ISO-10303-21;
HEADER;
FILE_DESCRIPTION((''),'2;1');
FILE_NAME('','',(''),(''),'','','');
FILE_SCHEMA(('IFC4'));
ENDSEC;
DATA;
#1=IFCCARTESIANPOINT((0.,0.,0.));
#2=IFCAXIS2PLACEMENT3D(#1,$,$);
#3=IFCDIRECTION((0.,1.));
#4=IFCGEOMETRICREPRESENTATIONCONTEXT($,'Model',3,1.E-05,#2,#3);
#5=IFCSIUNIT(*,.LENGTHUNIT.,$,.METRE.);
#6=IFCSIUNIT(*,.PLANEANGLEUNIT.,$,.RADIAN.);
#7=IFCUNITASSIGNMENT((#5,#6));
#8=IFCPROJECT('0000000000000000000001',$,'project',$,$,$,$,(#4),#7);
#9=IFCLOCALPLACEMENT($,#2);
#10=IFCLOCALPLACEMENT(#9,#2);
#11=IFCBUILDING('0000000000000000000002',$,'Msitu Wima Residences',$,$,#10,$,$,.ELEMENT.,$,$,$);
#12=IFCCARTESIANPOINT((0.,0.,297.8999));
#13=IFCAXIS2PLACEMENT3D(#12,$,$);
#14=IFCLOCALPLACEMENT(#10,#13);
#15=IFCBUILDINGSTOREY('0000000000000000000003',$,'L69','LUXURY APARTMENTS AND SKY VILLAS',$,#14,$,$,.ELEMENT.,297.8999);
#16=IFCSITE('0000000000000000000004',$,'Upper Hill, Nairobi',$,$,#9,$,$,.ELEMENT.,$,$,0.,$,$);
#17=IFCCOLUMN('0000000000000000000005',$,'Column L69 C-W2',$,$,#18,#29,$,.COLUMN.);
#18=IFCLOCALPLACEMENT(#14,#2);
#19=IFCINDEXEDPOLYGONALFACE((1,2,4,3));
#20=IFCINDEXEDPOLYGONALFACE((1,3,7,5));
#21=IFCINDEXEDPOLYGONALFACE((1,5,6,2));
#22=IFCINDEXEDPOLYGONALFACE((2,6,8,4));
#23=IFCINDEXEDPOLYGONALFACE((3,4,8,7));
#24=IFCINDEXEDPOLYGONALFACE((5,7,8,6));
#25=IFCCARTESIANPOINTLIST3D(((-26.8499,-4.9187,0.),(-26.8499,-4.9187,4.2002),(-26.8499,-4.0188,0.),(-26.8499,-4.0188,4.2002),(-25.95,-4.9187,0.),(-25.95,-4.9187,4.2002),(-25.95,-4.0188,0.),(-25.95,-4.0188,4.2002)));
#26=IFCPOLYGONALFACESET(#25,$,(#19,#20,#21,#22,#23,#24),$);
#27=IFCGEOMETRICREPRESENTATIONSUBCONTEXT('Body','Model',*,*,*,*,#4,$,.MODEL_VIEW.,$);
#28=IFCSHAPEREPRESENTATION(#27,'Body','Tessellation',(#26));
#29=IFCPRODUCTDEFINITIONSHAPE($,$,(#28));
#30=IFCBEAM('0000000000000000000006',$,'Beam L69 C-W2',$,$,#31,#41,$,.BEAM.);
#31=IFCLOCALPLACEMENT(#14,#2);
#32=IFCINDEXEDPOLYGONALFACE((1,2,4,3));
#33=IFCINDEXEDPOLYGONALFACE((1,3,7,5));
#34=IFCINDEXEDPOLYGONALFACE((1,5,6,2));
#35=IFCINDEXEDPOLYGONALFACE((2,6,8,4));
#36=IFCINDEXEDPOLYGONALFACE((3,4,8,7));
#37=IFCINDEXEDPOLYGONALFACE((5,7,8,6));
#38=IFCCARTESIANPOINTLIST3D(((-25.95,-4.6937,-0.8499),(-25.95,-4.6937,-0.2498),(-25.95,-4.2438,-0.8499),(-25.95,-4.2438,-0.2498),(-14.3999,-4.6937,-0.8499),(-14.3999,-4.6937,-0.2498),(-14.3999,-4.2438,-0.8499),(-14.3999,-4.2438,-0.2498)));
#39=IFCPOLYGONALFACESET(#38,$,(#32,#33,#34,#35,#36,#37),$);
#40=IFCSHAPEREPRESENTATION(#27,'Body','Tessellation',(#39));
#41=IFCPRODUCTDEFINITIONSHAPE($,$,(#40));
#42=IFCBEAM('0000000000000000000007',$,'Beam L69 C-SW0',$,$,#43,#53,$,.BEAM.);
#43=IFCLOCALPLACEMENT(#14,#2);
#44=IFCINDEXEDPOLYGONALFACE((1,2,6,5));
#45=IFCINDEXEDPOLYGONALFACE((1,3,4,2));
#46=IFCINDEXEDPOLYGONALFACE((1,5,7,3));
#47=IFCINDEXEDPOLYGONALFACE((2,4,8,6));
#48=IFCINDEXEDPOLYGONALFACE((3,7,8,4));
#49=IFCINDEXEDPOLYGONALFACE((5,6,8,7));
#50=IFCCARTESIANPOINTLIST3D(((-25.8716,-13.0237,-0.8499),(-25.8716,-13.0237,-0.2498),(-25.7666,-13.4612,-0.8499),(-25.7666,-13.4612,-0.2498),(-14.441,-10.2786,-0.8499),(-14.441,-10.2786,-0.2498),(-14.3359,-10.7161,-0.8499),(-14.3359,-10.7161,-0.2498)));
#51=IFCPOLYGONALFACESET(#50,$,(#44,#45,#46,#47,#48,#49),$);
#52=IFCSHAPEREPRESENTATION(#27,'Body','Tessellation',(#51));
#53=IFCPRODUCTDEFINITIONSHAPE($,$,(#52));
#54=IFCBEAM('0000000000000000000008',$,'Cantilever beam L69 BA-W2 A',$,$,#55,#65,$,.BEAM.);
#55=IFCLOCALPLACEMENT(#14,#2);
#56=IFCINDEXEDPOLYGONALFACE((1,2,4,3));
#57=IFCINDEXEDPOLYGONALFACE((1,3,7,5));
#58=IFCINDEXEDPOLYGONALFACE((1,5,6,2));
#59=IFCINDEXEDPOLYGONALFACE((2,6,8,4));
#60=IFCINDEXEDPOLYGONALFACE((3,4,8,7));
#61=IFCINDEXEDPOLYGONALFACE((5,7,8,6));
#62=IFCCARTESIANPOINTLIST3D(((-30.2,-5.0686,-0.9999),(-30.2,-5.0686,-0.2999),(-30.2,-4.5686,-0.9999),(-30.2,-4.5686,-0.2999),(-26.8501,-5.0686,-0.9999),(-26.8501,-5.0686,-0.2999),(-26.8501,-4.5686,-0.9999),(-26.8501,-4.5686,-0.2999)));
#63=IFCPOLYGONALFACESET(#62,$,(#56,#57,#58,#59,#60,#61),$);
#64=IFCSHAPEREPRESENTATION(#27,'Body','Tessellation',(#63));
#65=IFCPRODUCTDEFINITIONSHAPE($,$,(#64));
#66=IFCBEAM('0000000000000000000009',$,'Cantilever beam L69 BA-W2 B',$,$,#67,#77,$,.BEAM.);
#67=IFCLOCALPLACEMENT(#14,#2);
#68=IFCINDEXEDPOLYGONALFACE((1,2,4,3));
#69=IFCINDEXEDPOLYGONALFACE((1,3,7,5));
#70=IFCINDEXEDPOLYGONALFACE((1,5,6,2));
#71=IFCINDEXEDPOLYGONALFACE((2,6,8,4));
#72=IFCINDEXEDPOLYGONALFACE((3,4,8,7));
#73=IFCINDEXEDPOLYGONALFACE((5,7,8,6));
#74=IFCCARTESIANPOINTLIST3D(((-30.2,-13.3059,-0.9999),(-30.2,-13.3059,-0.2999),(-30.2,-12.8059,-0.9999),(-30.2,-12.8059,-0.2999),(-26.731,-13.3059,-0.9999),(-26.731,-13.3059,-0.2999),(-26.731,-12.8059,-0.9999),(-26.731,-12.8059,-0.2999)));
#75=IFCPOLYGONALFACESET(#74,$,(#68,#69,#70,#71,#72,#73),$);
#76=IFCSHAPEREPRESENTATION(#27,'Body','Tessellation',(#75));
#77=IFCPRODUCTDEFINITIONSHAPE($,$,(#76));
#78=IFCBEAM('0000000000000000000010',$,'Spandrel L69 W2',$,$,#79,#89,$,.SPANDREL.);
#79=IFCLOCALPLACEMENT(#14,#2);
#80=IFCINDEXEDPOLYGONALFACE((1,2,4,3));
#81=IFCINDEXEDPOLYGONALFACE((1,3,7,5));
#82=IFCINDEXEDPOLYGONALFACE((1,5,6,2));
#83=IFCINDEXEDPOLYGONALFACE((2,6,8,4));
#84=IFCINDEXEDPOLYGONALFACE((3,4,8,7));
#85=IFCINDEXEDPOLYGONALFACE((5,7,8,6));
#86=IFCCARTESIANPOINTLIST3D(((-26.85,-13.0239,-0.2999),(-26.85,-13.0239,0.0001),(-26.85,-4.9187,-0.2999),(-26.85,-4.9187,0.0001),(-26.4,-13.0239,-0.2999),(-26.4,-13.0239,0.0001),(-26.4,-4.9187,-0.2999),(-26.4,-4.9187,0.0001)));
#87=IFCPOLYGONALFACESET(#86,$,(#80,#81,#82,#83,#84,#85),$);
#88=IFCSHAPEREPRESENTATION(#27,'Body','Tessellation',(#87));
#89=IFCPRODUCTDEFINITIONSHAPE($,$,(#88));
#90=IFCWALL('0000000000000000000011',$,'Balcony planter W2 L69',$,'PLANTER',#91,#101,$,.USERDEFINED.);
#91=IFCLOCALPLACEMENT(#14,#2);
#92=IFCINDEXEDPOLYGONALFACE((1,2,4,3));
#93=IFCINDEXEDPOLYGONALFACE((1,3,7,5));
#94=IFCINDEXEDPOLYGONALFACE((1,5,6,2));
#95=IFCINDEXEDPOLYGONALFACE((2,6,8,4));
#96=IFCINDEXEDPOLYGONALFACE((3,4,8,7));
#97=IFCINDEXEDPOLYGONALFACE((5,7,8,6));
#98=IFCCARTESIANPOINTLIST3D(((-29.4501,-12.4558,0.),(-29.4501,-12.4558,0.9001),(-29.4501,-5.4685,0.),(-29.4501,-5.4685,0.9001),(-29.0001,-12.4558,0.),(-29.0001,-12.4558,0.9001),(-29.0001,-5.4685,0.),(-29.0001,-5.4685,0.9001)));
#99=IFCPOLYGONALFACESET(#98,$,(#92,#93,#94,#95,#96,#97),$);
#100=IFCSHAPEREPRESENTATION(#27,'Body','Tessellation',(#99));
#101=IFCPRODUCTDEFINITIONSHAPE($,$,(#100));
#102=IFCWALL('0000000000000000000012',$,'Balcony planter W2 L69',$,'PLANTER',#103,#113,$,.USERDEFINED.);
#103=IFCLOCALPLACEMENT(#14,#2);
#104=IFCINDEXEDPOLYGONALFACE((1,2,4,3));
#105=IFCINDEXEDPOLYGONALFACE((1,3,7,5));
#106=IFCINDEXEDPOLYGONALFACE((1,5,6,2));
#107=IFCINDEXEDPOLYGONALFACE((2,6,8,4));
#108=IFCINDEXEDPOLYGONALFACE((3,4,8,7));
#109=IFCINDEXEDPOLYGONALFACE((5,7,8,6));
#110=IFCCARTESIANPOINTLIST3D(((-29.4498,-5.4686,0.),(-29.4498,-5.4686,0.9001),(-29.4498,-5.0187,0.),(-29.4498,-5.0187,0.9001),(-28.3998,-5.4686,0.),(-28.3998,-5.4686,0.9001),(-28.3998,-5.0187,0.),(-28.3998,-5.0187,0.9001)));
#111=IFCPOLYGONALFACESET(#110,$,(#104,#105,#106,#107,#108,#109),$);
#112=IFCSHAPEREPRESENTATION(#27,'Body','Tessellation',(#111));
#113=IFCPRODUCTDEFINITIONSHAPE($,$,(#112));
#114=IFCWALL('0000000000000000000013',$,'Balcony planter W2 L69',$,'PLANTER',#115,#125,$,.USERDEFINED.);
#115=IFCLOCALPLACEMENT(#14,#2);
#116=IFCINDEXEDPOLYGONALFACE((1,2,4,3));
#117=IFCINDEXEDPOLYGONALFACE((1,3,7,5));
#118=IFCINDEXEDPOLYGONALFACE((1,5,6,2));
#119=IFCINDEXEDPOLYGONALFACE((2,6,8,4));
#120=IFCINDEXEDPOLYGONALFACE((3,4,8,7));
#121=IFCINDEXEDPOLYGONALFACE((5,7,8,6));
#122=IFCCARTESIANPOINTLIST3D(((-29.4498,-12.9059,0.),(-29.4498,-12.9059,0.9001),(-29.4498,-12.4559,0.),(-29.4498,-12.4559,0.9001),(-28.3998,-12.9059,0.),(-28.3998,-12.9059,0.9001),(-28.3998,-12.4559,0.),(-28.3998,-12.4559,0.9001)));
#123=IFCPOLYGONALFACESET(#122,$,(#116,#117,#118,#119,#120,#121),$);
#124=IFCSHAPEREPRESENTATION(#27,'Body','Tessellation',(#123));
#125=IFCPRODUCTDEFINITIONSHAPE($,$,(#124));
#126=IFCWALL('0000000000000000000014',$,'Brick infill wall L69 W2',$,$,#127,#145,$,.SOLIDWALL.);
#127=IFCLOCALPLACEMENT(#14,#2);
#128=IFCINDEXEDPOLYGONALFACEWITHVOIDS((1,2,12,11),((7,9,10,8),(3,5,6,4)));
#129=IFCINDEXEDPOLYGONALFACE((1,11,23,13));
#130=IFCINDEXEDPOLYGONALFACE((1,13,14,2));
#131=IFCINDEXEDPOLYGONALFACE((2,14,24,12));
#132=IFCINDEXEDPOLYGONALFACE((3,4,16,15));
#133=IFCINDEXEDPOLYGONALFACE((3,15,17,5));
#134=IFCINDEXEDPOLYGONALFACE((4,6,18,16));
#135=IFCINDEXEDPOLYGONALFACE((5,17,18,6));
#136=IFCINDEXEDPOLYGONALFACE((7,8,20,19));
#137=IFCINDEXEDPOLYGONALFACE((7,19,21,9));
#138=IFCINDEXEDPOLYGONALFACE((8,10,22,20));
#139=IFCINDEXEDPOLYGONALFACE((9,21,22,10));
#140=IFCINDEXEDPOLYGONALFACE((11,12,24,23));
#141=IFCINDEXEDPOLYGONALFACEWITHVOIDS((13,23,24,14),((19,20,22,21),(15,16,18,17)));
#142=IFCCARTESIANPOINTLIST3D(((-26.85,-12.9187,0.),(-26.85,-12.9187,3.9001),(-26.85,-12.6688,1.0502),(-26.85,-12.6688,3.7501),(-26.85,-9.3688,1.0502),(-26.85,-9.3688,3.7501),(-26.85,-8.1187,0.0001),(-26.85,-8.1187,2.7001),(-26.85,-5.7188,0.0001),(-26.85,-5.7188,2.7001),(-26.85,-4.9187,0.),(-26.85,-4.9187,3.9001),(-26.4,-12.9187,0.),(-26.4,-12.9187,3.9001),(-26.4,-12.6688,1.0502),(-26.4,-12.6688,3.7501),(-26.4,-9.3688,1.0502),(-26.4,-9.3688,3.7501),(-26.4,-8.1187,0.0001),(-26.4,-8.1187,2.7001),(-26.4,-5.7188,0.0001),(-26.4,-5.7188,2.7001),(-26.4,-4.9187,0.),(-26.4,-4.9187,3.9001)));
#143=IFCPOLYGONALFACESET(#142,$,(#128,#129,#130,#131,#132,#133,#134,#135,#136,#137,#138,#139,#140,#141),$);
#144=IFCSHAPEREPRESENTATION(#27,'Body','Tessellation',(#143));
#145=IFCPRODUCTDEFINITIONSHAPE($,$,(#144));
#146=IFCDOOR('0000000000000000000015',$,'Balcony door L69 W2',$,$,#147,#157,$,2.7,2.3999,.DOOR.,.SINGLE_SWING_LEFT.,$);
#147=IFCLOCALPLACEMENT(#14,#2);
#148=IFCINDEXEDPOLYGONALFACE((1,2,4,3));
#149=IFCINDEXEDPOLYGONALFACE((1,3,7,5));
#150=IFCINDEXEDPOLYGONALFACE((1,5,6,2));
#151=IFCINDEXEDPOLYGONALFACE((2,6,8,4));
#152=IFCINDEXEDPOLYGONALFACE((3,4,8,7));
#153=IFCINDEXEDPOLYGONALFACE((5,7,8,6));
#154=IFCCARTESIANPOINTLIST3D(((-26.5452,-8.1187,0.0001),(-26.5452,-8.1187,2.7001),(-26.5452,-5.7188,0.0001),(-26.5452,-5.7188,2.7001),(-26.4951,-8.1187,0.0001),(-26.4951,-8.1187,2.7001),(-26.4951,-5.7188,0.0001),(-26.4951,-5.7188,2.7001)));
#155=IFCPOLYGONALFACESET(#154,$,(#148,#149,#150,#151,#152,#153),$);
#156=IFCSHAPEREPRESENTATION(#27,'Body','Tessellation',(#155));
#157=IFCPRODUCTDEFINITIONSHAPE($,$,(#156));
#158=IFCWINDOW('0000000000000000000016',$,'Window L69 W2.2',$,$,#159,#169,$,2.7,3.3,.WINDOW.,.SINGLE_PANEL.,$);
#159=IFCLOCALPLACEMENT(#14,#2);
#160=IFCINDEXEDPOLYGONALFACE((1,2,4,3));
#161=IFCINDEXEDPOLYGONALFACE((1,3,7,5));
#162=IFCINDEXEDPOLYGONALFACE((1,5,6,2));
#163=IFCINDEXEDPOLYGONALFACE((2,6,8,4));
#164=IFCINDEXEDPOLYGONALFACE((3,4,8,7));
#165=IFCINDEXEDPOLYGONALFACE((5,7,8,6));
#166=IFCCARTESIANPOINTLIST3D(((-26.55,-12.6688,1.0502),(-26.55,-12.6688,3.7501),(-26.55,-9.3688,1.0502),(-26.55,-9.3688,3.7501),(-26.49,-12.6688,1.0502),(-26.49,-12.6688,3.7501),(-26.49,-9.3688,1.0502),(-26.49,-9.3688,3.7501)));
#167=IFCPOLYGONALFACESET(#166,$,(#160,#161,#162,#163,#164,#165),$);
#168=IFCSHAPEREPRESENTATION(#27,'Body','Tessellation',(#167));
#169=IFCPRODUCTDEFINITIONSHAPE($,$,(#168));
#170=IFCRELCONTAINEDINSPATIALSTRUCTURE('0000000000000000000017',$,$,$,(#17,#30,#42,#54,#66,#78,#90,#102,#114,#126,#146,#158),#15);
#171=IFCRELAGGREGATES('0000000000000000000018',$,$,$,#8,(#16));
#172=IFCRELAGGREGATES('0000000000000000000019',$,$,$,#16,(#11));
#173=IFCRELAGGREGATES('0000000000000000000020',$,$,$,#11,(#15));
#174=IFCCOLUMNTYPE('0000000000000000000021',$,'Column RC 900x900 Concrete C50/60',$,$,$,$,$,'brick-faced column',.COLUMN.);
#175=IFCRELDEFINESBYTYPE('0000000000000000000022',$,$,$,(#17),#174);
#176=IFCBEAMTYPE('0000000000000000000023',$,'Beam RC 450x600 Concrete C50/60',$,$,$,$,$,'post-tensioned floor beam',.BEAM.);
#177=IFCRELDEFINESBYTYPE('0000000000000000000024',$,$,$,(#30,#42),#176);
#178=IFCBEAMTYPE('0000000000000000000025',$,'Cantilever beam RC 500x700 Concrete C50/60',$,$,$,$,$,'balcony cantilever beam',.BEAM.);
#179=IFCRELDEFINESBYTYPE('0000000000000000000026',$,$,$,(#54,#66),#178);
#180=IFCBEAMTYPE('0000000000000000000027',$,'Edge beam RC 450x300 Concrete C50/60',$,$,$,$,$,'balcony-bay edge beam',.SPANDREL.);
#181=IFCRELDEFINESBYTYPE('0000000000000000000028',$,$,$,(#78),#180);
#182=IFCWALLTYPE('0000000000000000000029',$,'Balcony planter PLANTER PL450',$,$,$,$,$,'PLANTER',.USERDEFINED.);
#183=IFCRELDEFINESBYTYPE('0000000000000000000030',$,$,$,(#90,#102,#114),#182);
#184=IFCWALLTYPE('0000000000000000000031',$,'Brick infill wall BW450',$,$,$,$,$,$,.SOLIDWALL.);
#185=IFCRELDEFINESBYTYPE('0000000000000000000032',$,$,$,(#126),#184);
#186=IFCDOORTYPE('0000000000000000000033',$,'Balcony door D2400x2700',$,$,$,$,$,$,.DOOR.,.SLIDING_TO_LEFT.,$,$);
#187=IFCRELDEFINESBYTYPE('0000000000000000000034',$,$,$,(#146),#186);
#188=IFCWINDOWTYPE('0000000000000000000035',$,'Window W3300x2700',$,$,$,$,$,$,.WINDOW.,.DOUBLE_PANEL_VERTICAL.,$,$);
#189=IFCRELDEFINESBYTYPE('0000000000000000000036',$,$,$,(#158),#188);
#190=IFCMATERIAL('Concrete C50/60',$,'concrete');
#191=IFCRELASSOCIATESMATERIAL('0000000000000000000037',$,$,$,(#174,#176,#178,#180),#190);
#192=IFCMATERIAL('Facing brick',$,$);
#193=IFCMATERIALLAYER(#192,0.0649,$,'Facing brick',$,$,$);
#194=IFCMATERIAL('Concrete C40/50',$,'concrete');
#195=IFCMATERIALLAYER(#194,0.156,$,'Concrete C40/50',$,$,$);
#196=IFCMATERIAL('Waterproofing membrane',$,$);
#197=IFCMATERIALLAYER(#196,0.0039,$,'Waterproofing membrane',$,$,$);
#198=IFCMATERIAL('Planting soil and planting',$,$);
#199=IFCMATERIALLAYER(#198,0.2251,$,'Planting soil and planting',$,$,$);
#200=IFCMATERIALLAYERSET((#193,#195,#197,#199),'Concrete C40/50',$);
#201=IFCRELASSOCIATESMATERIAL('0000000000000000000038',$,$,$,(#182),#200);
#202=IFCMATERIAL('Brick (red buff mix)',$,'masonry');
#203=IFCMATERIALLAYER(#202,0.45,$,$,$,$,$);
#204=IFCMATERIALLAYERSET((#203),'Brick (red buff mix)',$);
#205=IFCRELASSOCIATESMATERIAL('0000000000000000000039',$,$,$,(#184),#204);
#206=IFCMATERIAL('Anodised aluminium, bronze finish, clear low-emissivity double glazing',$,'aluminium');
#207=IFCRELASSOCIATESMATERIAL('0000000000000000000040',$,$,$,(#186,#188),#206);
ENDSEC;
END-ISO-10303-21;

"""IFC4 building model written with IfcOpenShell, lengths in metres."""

from ifc_helpers import new_model, si_unit, direction, frame, frame_2d, origin, origin_2d, place, context, subcontext, project, spatial, rectangle, extrude, material, layer, layer_set, material_profile, profile_set, type_object, element, fill, save


model = new_model("IFC4")

# Units and contexts
model_context = context("Model", 3, precision=1e-05, world=origin(), true_north=direction((0.0, 1.0)))
body_context = subcontext(model_context, "Body", "Model", "MODEL_VIEW")
ifc_project = project(units=[si_unit("LENGTHUNIT", "METRE"), si_unit("PLANEANGLEUNIT", "RADIAN")], contexts=[model_context])

# Site, building, storey
site_placement = place(None, origin())
site = spatial("IfcSite", under=ifc_project, at=site_placement, Name="Upper Hill, Nairobi", CompositionType="ELEMENT", RefElevation=0.0)
building_placement = place(site_placement, origin())
building = spatial("IfcBuilding", under=site, at=building_placement, Name="Msitu Wima Residences", CompositionType="ELEMENT")
storey_placement = place(building_placement, frame((0.0, 0.0, 297.8999)))
storey = spatial("IfcBuildingStorey", under=building, at=storey_placement, Name="L69", Description="LUXURY APARTMENTS AND SKY VILLAS", CompositionType="ELEMENT", Elevation=297.8999)

# Column
ifc_material_1 = material(Name="Concrete C50/60", Category="concrete")
ifc_material_profile_1 = material_profile(ifc_material_1, rectangle(XDim=0.8999, YDim=0.8999, at=origin_2d()), Name="RC 900x900")
ifc_profile_set_1 = profile_set([ifc_material_profile_1], Name="Concrete C50/60")
column_type = type_object("IfcColumnType", Name="Column RC 900x900 Concrete C50/60", ElementType="brick-faced column", PredefinedType="COLUMN", material=ifc_profile_set_1)
column_placement = place(storey_placement, frame((-26.3999, -4.4688, 0.0), z_axis=(0.0, 0.0, 1.0), x_axis=(0.0, -1.0, 0.0)))
element("IfcColumn", 1, at=column_placement, inside=storey, type_object=column_type, Name="Column L69 C-W2", PredefinedType="COLUMN", context=body_context, shape_type="SweptSolid", body=[
    extrude(rectangle(XDim=0.8999, YDim=0.8999, at=origin_2d()), origin(), (0.0, 0.0, 1.0), 4.2002),
])

# Beams
ifc_material_profile_2 = material_profile(ifc_material_1, rectangle(XDim=0.45, YDim=0.6001, at=origin_2d()), Name="RC 450x600")
ifc_profile_set_2 = profile_set([ifc_material_profile_2], Name="Concrete C50/60")
beam_type_1 = type_object("IfcBeamType", Name="Beam RC 450x600 Concrete C50/60", ElementType="post-tensioned floor beam", PredefinedType="BEAM", material=ifc_profile_set_2)
beam_1_placement = place(storey_placement, frame((-25.95, -4.4688, -0.5498), z_axis=(1.0, 0.0, 0.0), x_axis=(0.0, 1.0, 0.0)))
element("IfcBeam", 2, at=beam_1_placement, inside=storey, type_object=beam_type_1, Name="Beam L69 C-W2", PredefinedType="BEAM", context=body_context, shape_type="SweptSolid", body=[
    extrude(rectangle(XDim=0.45, YDim=0.6001, at=origin_2d()), origin(), (0.0, 0.0, 1.0), 11.55),
])
beam_2_placement = place(storey_placement, frame((-25.8191, -13.2424, -0.5498), z_axis=(0.972353, 0.233514, 0.0), x_axis=(-0.233514, 0.972353, 0.0)))
element("IfcBeam", 3, at=beam_2_placement, inside=storey, type_object=beam_type_1, Name="Beam L69 C-SW0", PredefinedType="BEAM", context=body_context, shape_type="SweptSolid", body=[
    extrude(rectangle(XDim=0.45, YDim=0.6001, at=origin_2d()), origin(), (0.0, 0.0, 1.0), 11.7556),
])
ifc_material_profile_3 = material_profile(ifc_material_1, rectangle(XDim=0.5, YDim=0.7, at=origin_2d()), Name="RC 500x700")
ifc_profile_set_3 = profile_set([ifc_material_profile_3], Name="Concrete C50/60")
beam_type_2 = type_object("IfcBeamType", Name="Cantilever beam RC 500x700 Concrete C50/60", ElementType="balcony cantilever beam", PredefinedType="BEAM", material=ifc_profile_set_3)
beam_3_placement = place(storey_placement, frame((-26.8501, -4.8186, -0.6499), z_axis=(-1.0, 0.0, 0.0), x_axis=(0.0, -1.0, 0.0)))
element("IfcBeam", 4, at=beam_3_placement, inside=storey, type_object=beam_type_2, Name="Cantilever beam L69 BA-W2 A", PredefinedType="BEAM", context=body_context, shape_type="SweptSolid", body=[
    extrude(rectangle(XDim=0.5, YDim=0.7, at=origin_2d()), origin(), (0.0, 0.0, 1.0), 3.3499),
])
beam_4_placement = place(storey_placement, frame((-26.731, -13.0559, -0.6499), z_axis=(-1.0, 0.0, 0.0), x_axis=(0.0, -1.0, 0.0)))
element("IfcBeam", 5, at=beam_4_placement, inside=storey, type_object=beam_type_2, Name="Cantilever beam L69 BA-W2 B", PredefinedType="BEAM", context=body_context, shape_type="SweptSolid", body=[
    extrude(rectangle(XDim=0.5, YDim=0.7, at=origin_2d()), origin(), (0.0, 0.0, 1.0), 3.469),
])
ifc_material_profile_4 = material_profile(ifc_material_1, rectangle(XDim=0.45, YDim=0.3, at=origin_2d()), Name="RC 450x300")
ifc_profile_set_4 = profile_set([ifc_material_profile_4], Name="Concrete C50/60")
beam_type_3 = type_object("IfcBeamType", Name="Edge beam RC 450x300 Concrete C50/60", ElementType="balcony-bay edge beam", PredefinedType="SPANDREL", material=ifc_profile_set_4)
beam_5_placement = place(storey_placement, frame((-26.625, -4.9187, -0.1499), z_axis=(0.0, -1.0, 0.0), x_axis=(1.0, 0.0, 0.0)))
element("IfcBeam", 6, at=beam_5_placement, inside=storey, type_object=beam_type_3, Name="Spandrel L69 W2", PredefinedType="SPANDREL", context=body_context, shape_type="SweptSolid", body=[
    extrude(rectangle(XDim=0.45, YDim=0.3, at=origin_2d()), origin(), (0.0, 0.0, 1.0), 8.1052),
])

# Walls
ifc_material_2 = material(Name="Facing brick")
ifc_layer_1 = layer(ifc_material_2, 0.0649, Name="Facing brick")
ifc_material_3 = material(Name="Concrete C40/50", Category="concrete")
ifc_layer_2 = layer(ifc_material_3, 0.156, Name="Concrete C40/50")
ifc_material_4 = material(Name="Waterproofing membrane")
ifc_layer_3 = layer(ifc_material_4, 0.0039, Name="Waterproofing membrane")
ifc_material_5 = material(Name="Planting soil and planting")
ifc_layer_4 = layer(ifc_material_5, 0.2251, Name="Planting soil and planting")
ifc_layer_set_1 = layer_set([ifc_layer_1, ifc_layer_2, ifc_layer_3, ifc_layer_4], Name="Concrete C40/50")
wall_type_1 = type_object("IfcWallType", Name="Balcony planter PLANTER PL450", ElementType="PLANTER", PredefinedType="USERDEFINED", material=ifc_layer_set_1)
wall_1_placement = place(storey_placement, frame((-29.2251, -5.4685, 0.0), z_axis=(0.0, 0.0, 1.0), x_axis=(0.0, -1.0, 0.0)))
element("IfcWall", 7, at=wall_1_placement, inside=storey, type_object=wall_type_1, Name="Balcony planter W2 L69", ObjectType="PLANTER", PredefinedType="USERDEFINED", context=body_context, shape_type="SweptSolid", body=[
    extrude(rectangle(XDim=6.9873, YDim=0.45, at=frame_2d((3.4937, 0.0))), origin(), (0.0, 0.0, 1.0), 0.9001),
])
for number, where, z_axis, x_axis, name in (
    (8, (-28.3999, -5.2437, 0.0), (0.0, 0.0, 1.0), (-1.0, 0.0, 0.0), "Balcony planter W2 L69"),
    (9, (-28.3999, -12.6809, 0.0), (0.0, 0.0, 1.0), (-1.0, 0.0, 0.0), "Balcony planter W2 L69"),
):
    element("IfcWall", number, at=place(storey_placement, frame(where, z_axis=z_axis, x_axis=x_axis)), inside=storey, type_object=wall_type_1, Name=name, ObjectType="PLANTER", PredefinedType="USERDEFINED", context=body_context, shape_type="SweptSolid", body=[
        extrude(rectangle(XDim=1.05, YDim=0.45, at=frame_2d((0.5249, 0.0))), origin(), (0.0, 0.0, 1.0), 0.9001),
    ])

# Wall, openings, door, window
ifc_material_6 = material(Name="Brick (red buff mix)", Category="masonry")
ifc_layer_5 = layer(ifc_material_6, 0.45)
ifc_layer_set_2 = layer_set([ifc_layer_5], Name="Brick (red buff mix)")
wall_type_2 = type_object("IfcWallType", Name="Brick infill wall BW450", PredefinedType="SOLIDWALL", material=ifc_layer_set_2)
wall_2_placement = place(storey_placement, frame((-26.625, -4.9187, 0.0), z_axis=(0.0, 0.0, 1.0), x_axis=(0.0, -1.0, 0.0)))
wall_2 = element("IfcWall", 10, at=wall_2_placement, inside=storey, type_object=wall_type_2, Name="Brick infill wall L69 W2", PredefinedType="SOLIDWALL", context=body_context, shape_type="SweptSolid", body=[
    extrude(rectangle(XDim=8.0, YDim=0.45, at=frame_2d((4.0, 0.0))), origin(), (0.0, 0.0, 1.0), 3.9001),
])
opening_1_placement = place(wall_2_placement, frame((0.8, 0.0, 0.0)))
opening_1 = element("IfcOpeningElement", 11, at=opening_1_placement, cuts=wall_2, PredefinedType="OPENING", context=body_context, shape_type="SweptSolid", body=[
    extrude(rectangle(XDim=2.3999, YDim=2.7, at=frame_2d((1.2, 1.3501))), frame((0.0, 0.2349, 0.0), z_axis=(0.0, -1.0, 0.0), x_axis=(1.0, 0.0, 0.0)), (0.0, 0.0, 1.0), 0.47),
])
opening_2_placement = place(wall_2_placement, frame((4.4502, 0.0, 1.05)))
opening_2 = element("IfcOpeningElement", 12, at=opening_2_placement, cuts=wall_2, PredefinedType="OPENING", context=body_context, shape_type="SweptSolid", body=[
    extrude(rectangle(XDim=3.3, YDim=2.7, at=frame_2d((1.6499, 1.3501))), frame((0.0, 0.2349, 0.0), z_axis=(0.0, -1.0, 0.0), x_axis=(1.0, 0.0, 0.0)), (0.0, 0.0, 1.0), 0.47),
])
ifc_material_7 = material(Name="Anodised aluminium, bronze finish, clear low-emissivity double glazing", Category="aluminium")
door_type_1 = type_object("IfcDoorType", Name="Balcony door D2400x2700", OperationType="SLIDING_TO_LEFT", PredefinedType="DOOR", material=ifc_material_7)
door_1_placement = place(opening_1_placement, origin())
door_1 = element("IfcDoor", 13, at=door_1_placement, inside=storey, type_object=door_type_1, Name="Balcony door L69 W2", OperationType="SINGLE_SWING_LEFT", OverallHeight=2.7, OverallWidth=2.3999, PredefinedType="DOOR", context=body_context, shape_type="SweptSolid", body=[
    extrude(rectangle(XDim=2.3999, YDim=2.7, at=frame_2d((1.2, 1.3501))), frame((0.0, 0.1299, 0.0), z_axis=(0.0, -1.0, 0.0), x_axis=(1.0, 0.0, 0.0)), (0.0, 0.0, 1.0), 0.05),
])
fill(opening_1, door_1)
window_type = type_object("IfcWindowType", Name="Window W3300x2700", PartitioningType="DOUBLE_PANEL_VERTICAL", PredefinedType="WINDOW", material=ifc_material_7)
window_placement = place(opening_2_placement, origin())
window = element("IfcWindow", 14, at=window_placement, inside=storey, type_object=window_type, Name="Window L69 W2.2", OverallHeight=2.7, OverallWidth=3.3, PartitioningType="SINGLE_PANEL", PredefinedType="WINDOW", context=body_context, shape_type="SweptSolid", body=[
    extrude(rectangle(XDim=3.3, YDim=2.7, at=frame_2d((1.6499, 1.3501))), frame((0.0, 0.135, 0.0), z_axis=(0.0, -1.0, 0.0), x_axis=(1.0, 0.0, 0.0)), (0.0, 0.0, 1.0), 0.0601),
])
fill(opening_2, window)

save(model, "model.ifc")
